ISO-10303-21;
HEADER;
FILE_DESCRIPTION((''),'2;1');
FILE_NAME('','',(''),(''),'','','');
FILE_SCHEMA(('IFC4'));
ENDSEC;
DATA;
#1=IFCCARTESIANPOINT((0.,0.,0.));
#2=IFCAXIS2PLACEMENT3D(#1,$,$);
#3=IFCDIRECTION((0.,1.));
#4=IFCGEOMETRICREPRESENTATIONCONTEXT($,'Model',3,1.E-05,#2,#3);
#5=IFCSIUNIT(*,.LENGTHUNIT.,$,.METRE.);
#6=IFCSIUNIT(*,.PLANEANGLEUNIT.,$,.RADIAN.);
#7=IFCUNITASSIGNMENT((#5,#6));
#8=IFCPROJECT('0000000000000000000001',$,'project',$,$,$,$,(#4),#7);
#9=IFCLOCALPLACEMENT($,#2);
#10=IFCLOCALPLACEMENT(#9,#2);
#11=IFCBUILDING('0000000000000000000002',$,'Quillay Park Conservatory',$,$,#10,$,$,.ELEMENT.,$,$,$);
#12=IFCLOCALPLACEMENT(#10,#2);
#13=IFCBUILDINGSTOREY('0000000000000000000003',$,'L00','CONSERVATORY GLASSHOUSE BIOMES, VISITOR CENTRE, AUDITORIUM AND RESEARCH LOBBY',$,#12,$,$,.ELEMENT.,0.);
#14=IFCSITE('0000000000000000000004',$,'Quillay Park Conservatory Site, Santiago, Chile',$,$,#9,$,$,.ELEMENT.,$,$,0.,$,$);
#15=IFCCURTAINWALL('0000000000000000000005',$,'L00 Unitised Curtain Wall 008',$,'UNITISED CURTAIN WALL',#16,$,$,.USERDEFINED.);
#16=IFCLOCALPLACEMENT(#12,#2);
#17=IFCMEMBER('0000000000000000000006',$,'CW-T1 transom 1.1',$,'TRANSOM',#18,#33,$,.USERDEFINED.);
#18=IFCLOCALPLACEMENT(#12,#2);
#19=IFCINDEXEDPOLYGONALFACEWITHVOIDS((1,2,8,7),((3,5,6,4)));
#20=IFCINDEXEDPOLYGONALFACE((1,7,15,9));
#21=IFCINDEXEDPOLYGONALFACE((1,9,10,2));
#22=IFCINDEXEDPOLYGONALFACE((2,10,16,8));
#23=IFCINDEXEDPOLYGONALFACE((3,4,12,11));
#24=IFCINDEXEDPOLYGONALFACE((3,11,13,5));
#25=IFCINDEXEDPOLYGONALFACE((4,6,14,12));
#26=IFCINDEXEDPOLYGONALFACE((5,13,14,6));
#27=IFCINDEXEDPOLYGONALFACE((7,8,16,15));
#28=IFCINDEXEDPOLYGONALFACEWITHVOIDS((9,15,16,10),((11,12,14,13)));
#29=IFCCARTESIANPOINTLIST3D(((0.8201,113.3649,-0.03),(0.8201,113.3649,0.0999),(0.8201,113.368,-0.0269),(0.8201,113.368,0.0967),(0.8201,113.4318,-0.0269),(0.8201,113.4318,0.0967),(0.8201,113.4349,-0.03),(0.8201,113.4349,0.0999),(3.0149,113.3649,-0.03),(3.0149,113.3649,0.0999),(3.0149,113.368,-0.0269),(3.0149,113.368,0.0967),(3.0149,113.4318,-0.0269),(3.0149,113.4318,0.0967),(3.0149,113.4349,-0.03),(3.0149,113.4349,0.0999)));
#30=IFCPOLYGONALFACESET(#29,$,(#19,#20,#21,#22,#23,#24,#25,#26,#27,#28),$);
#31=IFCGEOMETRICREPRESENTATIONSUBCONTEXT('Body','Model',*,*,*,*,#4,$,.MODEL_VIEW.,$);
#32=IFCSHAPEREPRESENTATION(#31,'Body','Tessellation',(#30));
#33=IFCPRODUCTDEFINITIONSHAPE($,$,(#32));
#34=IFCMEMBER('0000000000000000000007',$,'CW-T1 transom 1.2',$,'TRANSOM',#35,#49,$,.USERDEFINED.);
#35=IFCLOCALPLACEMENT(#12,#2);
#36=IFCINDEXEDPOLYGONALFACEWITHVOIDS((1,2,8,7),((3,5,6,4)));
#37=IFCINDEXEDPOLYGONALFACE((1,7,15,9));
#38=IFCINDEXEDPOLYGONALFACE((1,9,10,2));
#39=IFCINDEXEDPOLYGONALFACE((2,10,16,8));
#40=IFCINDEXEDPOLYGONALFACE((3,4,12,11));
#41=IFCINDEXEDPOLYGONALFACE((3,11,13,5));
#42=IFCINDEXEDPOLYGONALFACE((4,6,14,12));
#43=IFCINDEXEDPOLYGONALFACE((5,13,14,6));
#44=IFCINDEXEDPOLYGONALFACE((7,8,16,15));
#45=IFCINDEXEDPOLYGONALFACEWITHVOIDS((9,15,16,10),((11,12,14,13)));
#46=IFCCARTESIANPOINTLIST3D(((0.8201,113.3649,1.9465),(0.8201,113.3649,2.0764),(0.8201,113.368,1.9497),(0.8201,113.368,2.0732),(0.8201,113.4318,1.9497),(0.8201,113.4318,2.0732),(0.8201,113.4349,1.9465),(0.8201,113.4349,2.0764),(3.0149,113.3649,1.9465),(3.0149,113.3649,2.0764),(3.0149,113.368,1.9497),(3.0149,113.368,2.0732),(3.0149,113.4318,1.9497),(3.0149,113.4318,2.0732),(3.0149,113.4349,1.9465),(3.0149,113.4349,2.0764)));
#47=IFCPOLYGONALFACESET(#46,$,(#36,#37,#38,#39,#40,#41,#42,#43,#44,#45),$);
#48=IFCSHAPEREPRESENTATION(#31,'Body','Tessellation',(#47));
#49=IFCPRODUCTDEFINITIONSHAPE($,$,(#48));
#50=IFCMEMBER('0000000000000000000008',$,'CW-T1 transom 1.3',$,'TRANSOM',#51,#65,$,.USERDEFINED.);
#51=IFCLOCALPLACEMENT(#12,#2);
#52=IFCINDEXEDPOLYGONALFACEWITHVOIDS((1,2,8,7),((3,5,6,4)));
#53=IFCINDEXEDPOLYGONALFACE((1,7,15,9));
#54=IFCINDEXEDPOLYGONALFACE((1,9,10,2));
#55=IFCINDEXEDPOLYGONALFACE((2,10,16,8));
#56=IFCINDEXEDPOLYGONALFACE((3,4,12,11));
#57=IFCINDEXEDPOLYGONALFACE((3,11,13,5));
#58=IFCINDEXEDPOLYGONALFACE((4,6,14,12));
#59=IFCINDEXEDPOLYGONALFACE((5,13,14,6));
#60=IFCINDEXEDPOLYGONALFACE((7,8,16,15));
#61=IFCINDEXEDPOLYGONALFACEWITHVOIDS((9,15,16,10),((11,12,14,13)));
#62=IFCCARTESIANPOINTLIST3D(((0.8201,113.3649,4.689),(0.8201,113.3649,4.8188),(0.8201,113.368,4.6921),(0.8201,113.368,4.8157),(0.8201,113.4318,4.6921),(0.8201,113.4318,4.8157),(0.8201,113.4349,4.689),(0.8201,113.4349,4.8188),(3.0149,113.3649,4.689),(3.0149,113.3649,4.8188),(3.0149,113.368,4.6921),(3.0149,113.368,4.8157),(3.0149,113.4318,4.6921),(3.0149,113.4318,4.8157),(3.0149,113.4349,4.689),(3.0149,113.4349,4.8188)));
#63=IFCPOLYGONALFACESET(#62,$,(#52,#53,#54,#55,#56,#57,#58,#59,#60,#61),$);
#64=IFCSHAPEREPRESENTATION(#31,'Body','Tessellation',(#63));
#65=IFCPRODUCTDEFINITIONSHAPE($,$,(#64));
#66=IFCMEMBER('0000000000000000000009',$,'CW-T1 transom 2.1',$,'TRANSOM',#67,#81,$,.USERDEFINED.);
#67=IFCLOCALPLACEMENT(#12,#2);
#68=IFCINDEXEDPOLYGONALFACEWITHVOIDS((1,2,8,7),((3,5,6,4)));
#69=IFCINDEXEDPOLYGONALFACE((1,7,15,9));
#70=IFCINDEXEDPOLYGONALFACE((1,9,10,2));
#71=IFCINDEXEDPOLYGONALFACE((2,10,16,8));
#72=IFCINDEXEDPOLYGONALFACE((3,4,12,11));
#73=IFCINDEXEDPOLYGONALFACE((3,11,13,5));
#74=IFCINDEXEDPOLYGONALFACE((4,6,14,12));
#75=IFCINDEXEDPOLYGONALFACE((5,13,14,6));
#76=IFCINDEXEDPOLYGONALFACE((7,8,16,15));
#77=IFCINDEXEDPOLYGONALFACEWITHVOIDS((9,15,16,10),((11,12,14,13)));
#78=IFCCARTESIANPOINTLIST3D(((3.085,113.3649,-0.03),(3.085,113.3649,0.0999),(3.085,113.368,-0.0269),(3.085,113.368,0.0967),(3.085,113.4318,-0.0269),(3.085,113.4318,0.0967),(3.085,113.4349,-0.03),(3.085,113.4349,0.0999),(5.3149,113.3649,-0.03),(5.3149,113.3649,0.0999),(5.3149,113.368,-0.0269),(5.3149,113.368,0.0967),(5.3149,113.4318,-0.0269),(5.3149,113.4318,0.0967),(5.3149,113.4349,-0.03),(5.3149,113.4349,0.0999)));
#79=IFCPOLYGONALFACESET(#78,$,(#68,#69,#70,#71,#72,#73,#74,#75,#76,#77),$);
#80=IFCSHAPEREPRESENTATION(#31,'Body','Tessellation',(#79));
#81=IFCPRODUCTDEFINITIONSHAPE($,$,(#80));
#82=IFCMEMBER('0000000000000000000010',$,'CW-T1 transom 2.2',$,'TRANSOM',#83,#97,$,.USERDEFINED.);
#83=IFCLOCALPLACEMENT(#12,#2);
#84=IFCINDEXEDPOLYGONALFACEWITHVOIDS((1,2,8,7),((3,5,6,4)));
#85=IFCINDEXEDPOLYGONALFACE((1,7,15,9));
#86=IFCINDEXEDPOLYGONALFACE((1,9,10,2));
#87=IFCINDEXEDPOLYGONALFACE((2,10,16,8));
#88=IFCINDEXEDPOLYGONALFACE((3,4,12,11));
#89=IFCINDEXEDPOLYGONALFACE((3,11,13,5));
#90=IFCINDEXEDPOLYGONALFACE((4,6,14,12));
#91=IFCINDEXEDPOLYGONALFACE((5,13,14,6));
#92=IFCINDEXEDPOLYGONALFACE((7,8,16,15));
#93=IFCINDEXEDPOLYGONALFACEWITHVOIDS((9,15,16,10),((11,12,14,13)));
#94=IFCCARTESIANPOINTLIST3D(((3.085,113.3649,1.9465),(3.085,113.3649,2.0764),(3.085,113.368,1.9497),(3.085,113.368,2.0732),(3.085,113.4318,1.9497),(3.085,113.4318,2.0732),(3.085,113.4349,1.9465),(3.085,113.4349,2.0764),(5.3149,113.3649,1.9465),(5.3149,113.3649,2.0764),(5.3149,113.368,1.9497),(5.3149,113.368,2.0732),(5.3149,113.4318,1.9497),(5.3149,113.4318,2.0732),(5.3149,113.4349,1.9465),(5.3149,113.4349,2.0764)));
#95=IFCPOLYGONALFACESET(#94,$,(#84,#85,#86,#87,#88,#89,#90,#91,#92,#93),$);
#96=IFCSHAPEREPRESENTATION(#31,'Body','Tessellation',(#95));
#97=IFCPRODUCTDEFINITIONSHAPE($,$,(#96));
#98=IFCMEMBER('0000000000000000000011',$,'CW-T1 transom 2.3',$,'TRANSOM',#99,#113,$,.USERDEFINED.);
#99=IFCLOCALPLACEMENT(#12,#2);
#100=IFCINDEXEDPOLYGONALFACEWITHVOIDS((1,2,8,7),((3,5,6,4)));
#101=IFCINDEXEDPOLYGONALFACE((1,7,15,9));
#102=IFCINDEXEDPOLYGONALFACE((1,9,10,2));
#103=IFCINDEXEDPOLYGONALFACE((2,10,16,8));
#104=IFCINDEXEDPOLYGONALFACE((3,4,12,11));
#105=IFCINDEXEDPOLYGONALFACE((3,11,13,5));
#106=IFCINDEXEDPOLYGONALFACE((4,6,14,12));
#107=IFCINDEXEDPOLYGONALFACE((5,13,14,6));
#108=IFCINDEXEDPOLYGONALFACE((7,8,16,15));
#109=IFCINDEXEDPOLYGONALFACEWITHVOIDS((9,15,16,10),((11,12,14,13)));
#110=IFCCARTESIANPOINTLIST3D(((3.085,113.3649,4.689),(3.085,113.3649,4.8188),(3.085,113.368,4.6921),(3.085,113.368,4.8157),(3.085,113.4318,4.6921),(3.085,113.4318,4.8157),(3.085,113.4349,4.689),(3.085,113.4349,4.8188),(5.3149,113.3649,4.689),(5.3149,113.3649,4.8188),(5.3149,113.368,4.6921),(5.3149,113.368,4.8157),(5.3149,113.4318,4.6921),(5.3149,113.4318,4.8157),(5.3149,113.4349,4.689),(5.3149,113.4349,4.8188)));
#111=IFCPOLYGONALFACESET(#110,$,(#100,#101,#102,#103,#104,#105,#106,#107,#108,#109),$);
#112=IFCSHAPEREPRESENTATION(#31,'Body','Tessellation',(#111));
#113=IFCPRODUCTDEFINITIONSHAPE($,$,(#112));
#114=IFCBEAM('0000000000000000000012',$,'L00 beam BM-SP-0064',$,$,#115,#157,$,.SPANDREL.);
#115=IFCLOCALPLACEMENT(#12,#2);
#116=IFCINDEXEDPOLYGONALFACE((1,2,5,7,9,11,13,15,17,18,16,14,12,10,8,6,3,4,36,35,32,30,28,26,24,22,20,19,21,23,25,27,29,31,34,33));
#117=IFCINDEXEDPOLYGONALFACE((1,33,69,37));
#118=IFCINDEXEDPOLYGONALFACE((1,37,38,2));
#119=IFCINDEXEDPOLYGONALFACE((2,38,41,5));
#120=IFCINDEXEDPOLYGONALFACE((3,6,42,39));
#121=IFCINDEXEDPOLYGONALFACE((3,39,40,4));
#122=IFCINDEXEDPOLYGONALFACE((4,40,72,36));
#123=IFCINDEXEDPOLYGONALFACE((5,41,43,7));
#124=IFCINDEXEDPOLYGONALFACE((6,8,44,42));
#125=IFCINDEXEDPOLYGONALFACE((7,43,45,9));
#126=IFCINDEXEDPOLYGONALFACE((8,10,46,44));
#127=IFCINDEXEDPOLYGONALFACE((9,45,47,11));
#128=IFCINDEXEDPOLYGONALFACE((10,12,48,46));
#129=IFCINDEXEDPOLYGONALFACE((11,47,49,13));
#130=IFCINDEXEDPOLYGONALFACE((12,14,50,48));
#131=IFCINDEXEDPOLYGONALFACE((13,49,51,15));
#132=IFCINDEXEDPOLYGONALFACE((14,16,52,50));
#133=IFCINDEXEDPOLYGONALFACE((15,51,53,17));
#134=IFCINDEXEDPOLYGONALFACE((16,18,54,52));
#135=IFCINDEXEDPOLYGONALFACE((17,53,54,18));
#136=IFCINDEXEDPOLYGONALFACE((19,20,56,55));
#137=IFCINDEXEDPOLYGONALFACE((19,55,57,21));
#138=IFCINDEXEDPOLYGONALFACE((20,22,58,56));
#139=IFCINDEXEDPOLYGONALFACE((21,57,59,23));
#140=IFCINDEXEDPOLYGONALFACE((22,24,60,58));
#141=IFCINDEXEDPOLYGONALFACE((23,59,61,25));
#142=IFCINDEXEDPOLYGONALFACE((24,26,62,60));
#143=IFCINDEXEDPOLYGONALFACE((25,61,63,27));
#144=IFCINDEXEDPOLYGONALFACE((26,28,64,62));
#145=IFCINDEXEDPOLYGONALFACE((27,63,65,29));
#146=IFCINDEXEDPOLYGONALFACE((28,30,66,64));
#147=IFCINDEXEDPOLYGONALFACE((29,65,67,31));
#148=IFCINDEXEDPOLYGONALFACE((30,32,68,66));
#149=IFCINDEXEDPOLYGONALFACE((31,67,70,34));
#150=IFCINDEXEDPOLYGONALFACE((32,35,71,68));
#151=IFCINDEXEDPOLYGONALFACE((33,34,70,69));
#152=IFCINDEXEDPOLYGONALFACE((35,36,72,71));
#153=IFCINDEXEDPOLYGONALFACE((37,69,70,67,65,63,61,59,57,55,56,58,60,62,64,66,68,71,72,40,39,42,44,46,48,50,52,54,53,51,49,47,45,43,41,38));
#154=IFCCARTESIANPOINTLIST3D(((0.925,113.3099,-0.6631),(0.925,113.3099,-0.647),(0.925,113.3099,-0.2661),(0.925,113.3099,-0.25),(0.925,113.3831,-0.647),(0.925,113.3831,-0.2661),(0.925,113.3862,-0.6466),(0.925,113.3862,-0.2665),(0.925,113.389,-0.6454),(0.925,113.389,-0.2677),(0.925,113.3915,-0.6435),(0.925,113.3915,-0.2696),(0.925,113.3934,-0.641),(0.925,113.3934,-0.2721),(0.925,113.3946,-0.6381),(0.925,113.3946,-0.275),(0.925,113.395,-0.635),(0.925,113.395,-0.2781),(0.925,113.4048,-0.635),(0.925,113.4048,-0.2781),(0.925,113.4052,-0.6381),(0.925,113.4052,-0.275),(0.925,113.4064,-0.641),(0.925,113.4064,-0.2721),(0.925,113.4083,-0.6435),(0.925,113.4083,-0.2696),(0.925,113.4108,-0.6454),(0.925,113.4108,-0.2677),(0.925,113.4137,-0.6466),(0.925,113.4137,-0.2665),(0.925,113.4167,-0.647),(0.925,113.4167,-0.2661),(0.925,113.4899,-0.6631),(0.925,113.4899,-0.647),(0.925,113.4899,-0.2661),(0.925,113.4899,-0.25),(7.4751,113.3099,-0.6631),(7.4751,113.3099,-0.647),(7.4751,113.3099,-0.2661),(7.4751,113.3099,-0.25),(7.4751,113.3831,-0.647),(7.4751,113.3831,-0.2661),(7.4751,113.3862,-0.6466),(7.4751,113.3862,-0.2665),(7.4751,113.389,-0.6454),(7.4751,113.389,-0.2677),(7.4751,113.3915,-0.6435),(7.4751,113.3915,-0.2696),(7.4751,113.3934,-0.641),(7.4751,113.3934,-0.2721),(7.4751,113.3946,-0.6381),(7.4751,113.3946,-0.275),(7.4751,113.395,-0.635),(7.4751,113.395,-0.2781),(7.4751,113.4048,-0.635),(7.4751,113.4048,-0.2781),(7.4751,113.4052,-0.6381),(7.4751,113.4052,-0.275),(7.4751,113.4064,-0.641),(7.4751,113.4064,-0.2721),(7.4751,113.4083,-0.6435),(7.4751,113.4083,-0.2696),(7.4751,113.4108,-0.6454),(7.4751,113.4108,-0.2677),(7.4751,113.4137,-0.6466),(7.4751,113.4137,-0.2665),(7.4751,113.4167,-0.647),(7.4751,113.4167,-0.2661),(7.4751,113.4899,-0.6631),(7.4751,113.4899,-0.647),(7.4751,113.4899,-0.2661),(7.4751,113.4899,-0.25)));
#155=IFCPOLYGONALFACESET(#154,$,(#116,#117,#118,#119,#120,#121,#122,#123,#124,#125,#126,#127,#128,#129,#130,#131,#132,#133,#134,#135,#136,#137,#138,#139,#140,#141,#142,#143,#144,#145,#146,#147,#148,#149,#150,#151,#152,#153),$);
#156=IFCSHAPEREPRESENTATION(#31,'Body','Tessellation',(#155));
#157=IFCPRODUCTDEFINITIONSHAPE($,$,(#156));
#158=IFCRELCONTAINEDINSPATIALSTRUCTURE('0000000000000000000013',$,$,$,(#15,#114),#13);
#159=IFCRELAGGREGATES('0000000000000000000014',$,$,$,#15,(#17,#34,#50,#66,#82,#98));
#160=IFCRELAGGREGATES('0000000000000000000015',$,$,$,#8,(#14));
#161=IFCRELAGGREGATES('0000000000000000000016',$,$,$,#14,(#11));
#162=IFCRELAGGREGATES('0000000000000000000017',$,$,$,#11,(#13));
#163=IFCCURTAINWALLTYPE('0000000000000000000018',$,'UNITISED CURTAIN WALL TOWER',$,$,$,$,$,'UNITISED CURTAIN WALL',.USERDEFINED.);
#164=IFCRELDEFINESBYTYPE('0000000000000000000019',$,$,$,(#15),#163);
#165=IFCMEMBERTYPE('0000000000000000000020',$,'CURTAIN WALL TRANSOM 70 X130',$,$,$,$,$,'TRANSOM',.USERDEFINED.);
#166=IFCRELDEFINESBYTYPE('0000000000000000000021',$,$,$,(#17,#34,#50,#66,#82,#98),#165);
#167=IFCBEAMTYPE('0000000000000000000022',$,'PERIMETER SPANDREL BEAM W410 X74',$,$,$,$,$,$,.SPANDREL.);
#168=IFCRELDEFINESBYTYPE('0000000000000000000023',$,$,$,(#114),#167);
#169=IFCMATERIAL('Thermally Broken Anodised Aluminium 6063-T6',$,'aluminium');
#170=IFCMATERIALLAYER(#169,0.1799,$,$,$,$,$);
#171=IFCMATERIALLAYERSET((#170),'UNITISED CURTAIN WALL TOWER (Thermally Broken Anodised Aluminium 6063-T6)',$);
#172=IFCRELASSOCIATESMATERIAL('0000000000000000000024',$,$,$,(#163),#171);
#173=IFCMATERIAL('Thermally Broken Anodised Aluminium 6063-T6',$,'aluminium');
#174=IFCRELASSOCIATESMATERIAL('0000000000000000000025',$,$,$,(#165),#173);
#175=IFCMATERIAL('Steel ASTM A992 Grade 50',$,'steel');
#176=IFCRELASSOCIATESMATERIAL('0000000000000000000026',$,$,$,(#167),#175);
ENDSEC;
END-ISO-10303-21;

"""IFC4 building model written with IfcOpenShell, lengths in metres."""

from ifc_helpers import new_model, si_unit, direction, frame, origin, origin_2d, place, context, subcontext, project, spatial, hollow_rectangle, i_section, extrude, material, layer, layer_set, material_profile, profile_set, type_object, element, aggregate, save


model = new_model("IFC4")

# Units and contexts
model_context = context("Model", 3, precision=1e-05, world=origin(), true_north=direction((0.0, 1.0)))
body_context = subcontext(model_context, "Body", "Model", "MODEL_VIEW")
ifc_project = project(units=[si_unit("LENGTHUNIT", "METRE"), si_unit("PLANEANGLEUNIT", "RADIAN")], contexts=[model_context])

# Site, building, storey
site_placement = place(None, origin())
site = spatial("IfcSite", under=ifc_project, at=site_placement, Name="Quillay Park Conservatory Site, Santiago, Chile", CompositionType="ELEMENT", RefElevation=0.0)
building_placement = place(site_placement, origin())
building = spatial("IfcBuilding", under=site, at=building_placement, Name="Quillay Park Conservatory", CompositionType="ELEMENT")
storey_placement = place(building_placement, origin())
storey = spatial("IfcBuildingStorey", under=building, at=storey_placement, Name="L00", Description="CONSERVATORY GLASSHOUSE BIOMES, VISITOR CENTRE, AUDITORIUM AND RESEARCH LOBBY", CompositionType="ELEMENT", Elevation=0.0)

# Curtain wall, members
ifc_material_1 = material(Name="Thermally Broken Anodised Aluminium 6063-T6", Category="aluminium")
ifc_layer_1 = layer(ifc_material_1, 0.1799)
ifc_layer_set_1 = layer_set([ifc_layer_1], Name="UNITISED CURTAIN WALL TOWER (Thermally Broken Anodised Aluminium 6063-T6)")
curtain_wall_type = type_object("IfcCurtainWallType", Name="UNITISED CURTAIN WALL TOWER", ElementType="UNITISED CURTAIN WALL", PredefinedType="USERDEFINED", material=ifc_layer_set_1)
curtain_wall_placement = place(storey_placement, origin())
curtain_wall = element("IfcCurtainWall", 1, at=curtain_wall_placement, inside=storey, type_object=curtain_wall_type, Name="L00 Unitised Curtain Wall 008", ObjectType="UNITISED CURTAIN WALL", PredefinedType="USERDEFINED")
ifc_material_2 = material(Name="Thermally Broken Anodised Aluminium 6063-T6", Category="aluminium")
ifc_material_profile_1 = material_profile(ifc_material_2, hollow_rectangle(XDim=0.0701, YDim=0.1299, WallThickness=0.0032, at=origin_2d()), Name="AL70x130x3.2")
ifc_profile_set_1 = profile_set([ifc_material_profile_1], Name="Thermally Broken Anodised Aluminium 6063-T6")
member_type_1 = type_object("IfcMemberType", Name="CURTAIN WALL TRANSOM 70 X130", ElementType="TRANSOM", PredefinedType="USERDEFINED", material=ifc_profile_set_1)
member_1_placement = place(storey_placement, frame((0.8201, 113.3999, 0.0349), z_axis=(1.0, 0.0, 0.0), x_axis=(0.0, 1.0, 0.0)))
member_1 = element("IfcMember", 2, at=member_1_placement, type_object=member_type_1, Name="CW-T1 transom 1.1", ObjectType="TRANSOM", PredefinedType="USERDEFINED", context=body_context, shape_type="SweptSolid", body=[
    extrude(hollow_rectangle(XDim=0.0701, YDim=0.1299, WallThickness=0.0032, at=origin_2d()), origin(), (0.0, 0.0, 1.0), 2.1948),
])
member_2_placement = place(storey_placement, frame((0.8201, 113.3999, 2.0115), z_axis=(1.0, 0.0, 0.0), x_axis=(0.0, 1.0, 0.0)))
member_2 = element("IfcMember", 3, at=member_2_placement, type_object=member_type_1, Name="CW-T1 transom 1.2", ObjectType="TRANSOM", PredefinedType="USERDEFINED", context=body_context, shape_type="SweptSolid", body=[
    extrude(hollow_rectangle(XDim=0.0701, YDim=0.1299, WallThickness=0.0032, at=origin_2d()), origin(), (0.0, 0.0, 1.0), 2.1948),
])
member_3_placement = place(storey_placement, frame((0.8201, 113.3999, 4.7539), z_axis=(1.0, 0.0, 0.0), x_axis=(0.0, 1.0, 0.0)))
member_3 = element("IfcMember", 4, at=member_3_placement, type_object=member_type_1, Name="CW-T1 transom 1.3", ObjectType="TRANSOM", PredefinedType="USERDEFINED", context=body_context, shape_type="SweptSolid", body=[
    extrude(hollow_rectangle(XDim=0.0701, YDim=0.1299, WallThickness=0.0032, at=origin_2d()), origin(), (0.0, 0.0, 1.0), 2.1948),
])
member_4_placement = place(storey_placement, frame((3.085, 113.3999, 0.0349), z_axis=(1.0, 0.0, 0.0), x_axis=(0.0, 1.0, 0.0)))
member_4 = element("IfcMember", 5, at=member_4_placement, type_object=member_type_1, Name="CW-T1 transom 2.1", ObjectType="TRANSOM", PredefinedType="USERDEFINED", context=body_context, shape_type="SweptSolid", body=[
    extrude(hollow_rectangle(XDim=0.0701, YDim=0.1299, WallThickness=0.0032, at=origin_2d()), origin(), (0.0, 0.0, 1.0), 2.23),
])
member_5_placement = place(storey_placement, frame((3.085, 113.3999, 2.0115), z_axis=(1.0, 0.0, 0.0), x_axis=(0.0, 1.0, 0.0)))
member_5 = element("IfcMember", 6, at=member_5_placement, type_object=member_type_1, Name="CW-T1 transom 2.2", ObjectType="TRANSOM", PredefinedType="USERDEFINED", context=body_context, shape_type="SweptSolid", body=[
    extrude(hollow_rectangle(XDim=0.0701, YDim=0.1299, WallThickness=0.0032, at=origin_2d()), origin(), (0.0, 0.0, 1.0), 2.23),
])
member_6_placement = place(storey_placement, frame((3.085, 113.3999, 4.7539), z_axis=(1.0, 0.0, 0.0), x_axis=(0.0, 1.0, 0.0)))
member_6 = element("IfcMember", 7, at=member_6_placement, type_object=member_type_1, Name="CW-T1 transom 2.3", ObjectType="TRANSOM", PredefinedType="USERDEFINED", context=body_context, shape_type="SweptSolid", body=[
    extrude(hollow_rectangle(XDim=0.0701, YDim=0.1299, WallThickness=0.0032, at=origin_2d()), origin(), (0.0, 0.0, 1.0), 2.23),
])

# Beam
ifc_material_3 = material(Name="Steel ASTM A992 Grade 50", Category="steel")
ifc_material_profile_2 = material_profile(ifc_material_3, i_section(OverallWidth=0.1799, OverallDepth=0.4131, WebThickness=0.0098, FlangeThickness=0.0161, FilletRadius=0.012, at=origin_2d()), Name="W410x74")
ifc_profile_set_2 = profile_set([ifc_material_profile_2], Name="Steel ASTM A992 Grade 50")
beam_type_1 = type_object("IfcBeamType", Name="PERIMETER SPANDREL BEAM W410 X74", PredefinedType="SPANDREL", material=ifc_profile_set_2)
beam_1_placement = place(storey_placement, frame((0.925, 113.3999, -0.4565), z_axis=(1.0, 0.0, 0.0), x_axis=(0.0, 1.0, 0.0)))
element("IfcBeam", 8, at=beam_1_placement, inside=storey, type_object=beam_type_1, Name="L00 beam BM-SP-0064", PredefinedType="SPANDREL", context=body_context, shape_type="SweptSolid", body=[
    extrude(i_section(OverallWidth=0.1799, OverallDepth=0.4131, WebThickness=0.0098, FlangeThickness=0.0161, FilletRadius=0.012, at=origin_2d()), origin(), (0.0, 0.0, 1.0), 6.55),
])

aggregate(curtain_wall, [member_1, member_2, member_3, member_4, member_5, member_6])

save(model, "model.ifc")
